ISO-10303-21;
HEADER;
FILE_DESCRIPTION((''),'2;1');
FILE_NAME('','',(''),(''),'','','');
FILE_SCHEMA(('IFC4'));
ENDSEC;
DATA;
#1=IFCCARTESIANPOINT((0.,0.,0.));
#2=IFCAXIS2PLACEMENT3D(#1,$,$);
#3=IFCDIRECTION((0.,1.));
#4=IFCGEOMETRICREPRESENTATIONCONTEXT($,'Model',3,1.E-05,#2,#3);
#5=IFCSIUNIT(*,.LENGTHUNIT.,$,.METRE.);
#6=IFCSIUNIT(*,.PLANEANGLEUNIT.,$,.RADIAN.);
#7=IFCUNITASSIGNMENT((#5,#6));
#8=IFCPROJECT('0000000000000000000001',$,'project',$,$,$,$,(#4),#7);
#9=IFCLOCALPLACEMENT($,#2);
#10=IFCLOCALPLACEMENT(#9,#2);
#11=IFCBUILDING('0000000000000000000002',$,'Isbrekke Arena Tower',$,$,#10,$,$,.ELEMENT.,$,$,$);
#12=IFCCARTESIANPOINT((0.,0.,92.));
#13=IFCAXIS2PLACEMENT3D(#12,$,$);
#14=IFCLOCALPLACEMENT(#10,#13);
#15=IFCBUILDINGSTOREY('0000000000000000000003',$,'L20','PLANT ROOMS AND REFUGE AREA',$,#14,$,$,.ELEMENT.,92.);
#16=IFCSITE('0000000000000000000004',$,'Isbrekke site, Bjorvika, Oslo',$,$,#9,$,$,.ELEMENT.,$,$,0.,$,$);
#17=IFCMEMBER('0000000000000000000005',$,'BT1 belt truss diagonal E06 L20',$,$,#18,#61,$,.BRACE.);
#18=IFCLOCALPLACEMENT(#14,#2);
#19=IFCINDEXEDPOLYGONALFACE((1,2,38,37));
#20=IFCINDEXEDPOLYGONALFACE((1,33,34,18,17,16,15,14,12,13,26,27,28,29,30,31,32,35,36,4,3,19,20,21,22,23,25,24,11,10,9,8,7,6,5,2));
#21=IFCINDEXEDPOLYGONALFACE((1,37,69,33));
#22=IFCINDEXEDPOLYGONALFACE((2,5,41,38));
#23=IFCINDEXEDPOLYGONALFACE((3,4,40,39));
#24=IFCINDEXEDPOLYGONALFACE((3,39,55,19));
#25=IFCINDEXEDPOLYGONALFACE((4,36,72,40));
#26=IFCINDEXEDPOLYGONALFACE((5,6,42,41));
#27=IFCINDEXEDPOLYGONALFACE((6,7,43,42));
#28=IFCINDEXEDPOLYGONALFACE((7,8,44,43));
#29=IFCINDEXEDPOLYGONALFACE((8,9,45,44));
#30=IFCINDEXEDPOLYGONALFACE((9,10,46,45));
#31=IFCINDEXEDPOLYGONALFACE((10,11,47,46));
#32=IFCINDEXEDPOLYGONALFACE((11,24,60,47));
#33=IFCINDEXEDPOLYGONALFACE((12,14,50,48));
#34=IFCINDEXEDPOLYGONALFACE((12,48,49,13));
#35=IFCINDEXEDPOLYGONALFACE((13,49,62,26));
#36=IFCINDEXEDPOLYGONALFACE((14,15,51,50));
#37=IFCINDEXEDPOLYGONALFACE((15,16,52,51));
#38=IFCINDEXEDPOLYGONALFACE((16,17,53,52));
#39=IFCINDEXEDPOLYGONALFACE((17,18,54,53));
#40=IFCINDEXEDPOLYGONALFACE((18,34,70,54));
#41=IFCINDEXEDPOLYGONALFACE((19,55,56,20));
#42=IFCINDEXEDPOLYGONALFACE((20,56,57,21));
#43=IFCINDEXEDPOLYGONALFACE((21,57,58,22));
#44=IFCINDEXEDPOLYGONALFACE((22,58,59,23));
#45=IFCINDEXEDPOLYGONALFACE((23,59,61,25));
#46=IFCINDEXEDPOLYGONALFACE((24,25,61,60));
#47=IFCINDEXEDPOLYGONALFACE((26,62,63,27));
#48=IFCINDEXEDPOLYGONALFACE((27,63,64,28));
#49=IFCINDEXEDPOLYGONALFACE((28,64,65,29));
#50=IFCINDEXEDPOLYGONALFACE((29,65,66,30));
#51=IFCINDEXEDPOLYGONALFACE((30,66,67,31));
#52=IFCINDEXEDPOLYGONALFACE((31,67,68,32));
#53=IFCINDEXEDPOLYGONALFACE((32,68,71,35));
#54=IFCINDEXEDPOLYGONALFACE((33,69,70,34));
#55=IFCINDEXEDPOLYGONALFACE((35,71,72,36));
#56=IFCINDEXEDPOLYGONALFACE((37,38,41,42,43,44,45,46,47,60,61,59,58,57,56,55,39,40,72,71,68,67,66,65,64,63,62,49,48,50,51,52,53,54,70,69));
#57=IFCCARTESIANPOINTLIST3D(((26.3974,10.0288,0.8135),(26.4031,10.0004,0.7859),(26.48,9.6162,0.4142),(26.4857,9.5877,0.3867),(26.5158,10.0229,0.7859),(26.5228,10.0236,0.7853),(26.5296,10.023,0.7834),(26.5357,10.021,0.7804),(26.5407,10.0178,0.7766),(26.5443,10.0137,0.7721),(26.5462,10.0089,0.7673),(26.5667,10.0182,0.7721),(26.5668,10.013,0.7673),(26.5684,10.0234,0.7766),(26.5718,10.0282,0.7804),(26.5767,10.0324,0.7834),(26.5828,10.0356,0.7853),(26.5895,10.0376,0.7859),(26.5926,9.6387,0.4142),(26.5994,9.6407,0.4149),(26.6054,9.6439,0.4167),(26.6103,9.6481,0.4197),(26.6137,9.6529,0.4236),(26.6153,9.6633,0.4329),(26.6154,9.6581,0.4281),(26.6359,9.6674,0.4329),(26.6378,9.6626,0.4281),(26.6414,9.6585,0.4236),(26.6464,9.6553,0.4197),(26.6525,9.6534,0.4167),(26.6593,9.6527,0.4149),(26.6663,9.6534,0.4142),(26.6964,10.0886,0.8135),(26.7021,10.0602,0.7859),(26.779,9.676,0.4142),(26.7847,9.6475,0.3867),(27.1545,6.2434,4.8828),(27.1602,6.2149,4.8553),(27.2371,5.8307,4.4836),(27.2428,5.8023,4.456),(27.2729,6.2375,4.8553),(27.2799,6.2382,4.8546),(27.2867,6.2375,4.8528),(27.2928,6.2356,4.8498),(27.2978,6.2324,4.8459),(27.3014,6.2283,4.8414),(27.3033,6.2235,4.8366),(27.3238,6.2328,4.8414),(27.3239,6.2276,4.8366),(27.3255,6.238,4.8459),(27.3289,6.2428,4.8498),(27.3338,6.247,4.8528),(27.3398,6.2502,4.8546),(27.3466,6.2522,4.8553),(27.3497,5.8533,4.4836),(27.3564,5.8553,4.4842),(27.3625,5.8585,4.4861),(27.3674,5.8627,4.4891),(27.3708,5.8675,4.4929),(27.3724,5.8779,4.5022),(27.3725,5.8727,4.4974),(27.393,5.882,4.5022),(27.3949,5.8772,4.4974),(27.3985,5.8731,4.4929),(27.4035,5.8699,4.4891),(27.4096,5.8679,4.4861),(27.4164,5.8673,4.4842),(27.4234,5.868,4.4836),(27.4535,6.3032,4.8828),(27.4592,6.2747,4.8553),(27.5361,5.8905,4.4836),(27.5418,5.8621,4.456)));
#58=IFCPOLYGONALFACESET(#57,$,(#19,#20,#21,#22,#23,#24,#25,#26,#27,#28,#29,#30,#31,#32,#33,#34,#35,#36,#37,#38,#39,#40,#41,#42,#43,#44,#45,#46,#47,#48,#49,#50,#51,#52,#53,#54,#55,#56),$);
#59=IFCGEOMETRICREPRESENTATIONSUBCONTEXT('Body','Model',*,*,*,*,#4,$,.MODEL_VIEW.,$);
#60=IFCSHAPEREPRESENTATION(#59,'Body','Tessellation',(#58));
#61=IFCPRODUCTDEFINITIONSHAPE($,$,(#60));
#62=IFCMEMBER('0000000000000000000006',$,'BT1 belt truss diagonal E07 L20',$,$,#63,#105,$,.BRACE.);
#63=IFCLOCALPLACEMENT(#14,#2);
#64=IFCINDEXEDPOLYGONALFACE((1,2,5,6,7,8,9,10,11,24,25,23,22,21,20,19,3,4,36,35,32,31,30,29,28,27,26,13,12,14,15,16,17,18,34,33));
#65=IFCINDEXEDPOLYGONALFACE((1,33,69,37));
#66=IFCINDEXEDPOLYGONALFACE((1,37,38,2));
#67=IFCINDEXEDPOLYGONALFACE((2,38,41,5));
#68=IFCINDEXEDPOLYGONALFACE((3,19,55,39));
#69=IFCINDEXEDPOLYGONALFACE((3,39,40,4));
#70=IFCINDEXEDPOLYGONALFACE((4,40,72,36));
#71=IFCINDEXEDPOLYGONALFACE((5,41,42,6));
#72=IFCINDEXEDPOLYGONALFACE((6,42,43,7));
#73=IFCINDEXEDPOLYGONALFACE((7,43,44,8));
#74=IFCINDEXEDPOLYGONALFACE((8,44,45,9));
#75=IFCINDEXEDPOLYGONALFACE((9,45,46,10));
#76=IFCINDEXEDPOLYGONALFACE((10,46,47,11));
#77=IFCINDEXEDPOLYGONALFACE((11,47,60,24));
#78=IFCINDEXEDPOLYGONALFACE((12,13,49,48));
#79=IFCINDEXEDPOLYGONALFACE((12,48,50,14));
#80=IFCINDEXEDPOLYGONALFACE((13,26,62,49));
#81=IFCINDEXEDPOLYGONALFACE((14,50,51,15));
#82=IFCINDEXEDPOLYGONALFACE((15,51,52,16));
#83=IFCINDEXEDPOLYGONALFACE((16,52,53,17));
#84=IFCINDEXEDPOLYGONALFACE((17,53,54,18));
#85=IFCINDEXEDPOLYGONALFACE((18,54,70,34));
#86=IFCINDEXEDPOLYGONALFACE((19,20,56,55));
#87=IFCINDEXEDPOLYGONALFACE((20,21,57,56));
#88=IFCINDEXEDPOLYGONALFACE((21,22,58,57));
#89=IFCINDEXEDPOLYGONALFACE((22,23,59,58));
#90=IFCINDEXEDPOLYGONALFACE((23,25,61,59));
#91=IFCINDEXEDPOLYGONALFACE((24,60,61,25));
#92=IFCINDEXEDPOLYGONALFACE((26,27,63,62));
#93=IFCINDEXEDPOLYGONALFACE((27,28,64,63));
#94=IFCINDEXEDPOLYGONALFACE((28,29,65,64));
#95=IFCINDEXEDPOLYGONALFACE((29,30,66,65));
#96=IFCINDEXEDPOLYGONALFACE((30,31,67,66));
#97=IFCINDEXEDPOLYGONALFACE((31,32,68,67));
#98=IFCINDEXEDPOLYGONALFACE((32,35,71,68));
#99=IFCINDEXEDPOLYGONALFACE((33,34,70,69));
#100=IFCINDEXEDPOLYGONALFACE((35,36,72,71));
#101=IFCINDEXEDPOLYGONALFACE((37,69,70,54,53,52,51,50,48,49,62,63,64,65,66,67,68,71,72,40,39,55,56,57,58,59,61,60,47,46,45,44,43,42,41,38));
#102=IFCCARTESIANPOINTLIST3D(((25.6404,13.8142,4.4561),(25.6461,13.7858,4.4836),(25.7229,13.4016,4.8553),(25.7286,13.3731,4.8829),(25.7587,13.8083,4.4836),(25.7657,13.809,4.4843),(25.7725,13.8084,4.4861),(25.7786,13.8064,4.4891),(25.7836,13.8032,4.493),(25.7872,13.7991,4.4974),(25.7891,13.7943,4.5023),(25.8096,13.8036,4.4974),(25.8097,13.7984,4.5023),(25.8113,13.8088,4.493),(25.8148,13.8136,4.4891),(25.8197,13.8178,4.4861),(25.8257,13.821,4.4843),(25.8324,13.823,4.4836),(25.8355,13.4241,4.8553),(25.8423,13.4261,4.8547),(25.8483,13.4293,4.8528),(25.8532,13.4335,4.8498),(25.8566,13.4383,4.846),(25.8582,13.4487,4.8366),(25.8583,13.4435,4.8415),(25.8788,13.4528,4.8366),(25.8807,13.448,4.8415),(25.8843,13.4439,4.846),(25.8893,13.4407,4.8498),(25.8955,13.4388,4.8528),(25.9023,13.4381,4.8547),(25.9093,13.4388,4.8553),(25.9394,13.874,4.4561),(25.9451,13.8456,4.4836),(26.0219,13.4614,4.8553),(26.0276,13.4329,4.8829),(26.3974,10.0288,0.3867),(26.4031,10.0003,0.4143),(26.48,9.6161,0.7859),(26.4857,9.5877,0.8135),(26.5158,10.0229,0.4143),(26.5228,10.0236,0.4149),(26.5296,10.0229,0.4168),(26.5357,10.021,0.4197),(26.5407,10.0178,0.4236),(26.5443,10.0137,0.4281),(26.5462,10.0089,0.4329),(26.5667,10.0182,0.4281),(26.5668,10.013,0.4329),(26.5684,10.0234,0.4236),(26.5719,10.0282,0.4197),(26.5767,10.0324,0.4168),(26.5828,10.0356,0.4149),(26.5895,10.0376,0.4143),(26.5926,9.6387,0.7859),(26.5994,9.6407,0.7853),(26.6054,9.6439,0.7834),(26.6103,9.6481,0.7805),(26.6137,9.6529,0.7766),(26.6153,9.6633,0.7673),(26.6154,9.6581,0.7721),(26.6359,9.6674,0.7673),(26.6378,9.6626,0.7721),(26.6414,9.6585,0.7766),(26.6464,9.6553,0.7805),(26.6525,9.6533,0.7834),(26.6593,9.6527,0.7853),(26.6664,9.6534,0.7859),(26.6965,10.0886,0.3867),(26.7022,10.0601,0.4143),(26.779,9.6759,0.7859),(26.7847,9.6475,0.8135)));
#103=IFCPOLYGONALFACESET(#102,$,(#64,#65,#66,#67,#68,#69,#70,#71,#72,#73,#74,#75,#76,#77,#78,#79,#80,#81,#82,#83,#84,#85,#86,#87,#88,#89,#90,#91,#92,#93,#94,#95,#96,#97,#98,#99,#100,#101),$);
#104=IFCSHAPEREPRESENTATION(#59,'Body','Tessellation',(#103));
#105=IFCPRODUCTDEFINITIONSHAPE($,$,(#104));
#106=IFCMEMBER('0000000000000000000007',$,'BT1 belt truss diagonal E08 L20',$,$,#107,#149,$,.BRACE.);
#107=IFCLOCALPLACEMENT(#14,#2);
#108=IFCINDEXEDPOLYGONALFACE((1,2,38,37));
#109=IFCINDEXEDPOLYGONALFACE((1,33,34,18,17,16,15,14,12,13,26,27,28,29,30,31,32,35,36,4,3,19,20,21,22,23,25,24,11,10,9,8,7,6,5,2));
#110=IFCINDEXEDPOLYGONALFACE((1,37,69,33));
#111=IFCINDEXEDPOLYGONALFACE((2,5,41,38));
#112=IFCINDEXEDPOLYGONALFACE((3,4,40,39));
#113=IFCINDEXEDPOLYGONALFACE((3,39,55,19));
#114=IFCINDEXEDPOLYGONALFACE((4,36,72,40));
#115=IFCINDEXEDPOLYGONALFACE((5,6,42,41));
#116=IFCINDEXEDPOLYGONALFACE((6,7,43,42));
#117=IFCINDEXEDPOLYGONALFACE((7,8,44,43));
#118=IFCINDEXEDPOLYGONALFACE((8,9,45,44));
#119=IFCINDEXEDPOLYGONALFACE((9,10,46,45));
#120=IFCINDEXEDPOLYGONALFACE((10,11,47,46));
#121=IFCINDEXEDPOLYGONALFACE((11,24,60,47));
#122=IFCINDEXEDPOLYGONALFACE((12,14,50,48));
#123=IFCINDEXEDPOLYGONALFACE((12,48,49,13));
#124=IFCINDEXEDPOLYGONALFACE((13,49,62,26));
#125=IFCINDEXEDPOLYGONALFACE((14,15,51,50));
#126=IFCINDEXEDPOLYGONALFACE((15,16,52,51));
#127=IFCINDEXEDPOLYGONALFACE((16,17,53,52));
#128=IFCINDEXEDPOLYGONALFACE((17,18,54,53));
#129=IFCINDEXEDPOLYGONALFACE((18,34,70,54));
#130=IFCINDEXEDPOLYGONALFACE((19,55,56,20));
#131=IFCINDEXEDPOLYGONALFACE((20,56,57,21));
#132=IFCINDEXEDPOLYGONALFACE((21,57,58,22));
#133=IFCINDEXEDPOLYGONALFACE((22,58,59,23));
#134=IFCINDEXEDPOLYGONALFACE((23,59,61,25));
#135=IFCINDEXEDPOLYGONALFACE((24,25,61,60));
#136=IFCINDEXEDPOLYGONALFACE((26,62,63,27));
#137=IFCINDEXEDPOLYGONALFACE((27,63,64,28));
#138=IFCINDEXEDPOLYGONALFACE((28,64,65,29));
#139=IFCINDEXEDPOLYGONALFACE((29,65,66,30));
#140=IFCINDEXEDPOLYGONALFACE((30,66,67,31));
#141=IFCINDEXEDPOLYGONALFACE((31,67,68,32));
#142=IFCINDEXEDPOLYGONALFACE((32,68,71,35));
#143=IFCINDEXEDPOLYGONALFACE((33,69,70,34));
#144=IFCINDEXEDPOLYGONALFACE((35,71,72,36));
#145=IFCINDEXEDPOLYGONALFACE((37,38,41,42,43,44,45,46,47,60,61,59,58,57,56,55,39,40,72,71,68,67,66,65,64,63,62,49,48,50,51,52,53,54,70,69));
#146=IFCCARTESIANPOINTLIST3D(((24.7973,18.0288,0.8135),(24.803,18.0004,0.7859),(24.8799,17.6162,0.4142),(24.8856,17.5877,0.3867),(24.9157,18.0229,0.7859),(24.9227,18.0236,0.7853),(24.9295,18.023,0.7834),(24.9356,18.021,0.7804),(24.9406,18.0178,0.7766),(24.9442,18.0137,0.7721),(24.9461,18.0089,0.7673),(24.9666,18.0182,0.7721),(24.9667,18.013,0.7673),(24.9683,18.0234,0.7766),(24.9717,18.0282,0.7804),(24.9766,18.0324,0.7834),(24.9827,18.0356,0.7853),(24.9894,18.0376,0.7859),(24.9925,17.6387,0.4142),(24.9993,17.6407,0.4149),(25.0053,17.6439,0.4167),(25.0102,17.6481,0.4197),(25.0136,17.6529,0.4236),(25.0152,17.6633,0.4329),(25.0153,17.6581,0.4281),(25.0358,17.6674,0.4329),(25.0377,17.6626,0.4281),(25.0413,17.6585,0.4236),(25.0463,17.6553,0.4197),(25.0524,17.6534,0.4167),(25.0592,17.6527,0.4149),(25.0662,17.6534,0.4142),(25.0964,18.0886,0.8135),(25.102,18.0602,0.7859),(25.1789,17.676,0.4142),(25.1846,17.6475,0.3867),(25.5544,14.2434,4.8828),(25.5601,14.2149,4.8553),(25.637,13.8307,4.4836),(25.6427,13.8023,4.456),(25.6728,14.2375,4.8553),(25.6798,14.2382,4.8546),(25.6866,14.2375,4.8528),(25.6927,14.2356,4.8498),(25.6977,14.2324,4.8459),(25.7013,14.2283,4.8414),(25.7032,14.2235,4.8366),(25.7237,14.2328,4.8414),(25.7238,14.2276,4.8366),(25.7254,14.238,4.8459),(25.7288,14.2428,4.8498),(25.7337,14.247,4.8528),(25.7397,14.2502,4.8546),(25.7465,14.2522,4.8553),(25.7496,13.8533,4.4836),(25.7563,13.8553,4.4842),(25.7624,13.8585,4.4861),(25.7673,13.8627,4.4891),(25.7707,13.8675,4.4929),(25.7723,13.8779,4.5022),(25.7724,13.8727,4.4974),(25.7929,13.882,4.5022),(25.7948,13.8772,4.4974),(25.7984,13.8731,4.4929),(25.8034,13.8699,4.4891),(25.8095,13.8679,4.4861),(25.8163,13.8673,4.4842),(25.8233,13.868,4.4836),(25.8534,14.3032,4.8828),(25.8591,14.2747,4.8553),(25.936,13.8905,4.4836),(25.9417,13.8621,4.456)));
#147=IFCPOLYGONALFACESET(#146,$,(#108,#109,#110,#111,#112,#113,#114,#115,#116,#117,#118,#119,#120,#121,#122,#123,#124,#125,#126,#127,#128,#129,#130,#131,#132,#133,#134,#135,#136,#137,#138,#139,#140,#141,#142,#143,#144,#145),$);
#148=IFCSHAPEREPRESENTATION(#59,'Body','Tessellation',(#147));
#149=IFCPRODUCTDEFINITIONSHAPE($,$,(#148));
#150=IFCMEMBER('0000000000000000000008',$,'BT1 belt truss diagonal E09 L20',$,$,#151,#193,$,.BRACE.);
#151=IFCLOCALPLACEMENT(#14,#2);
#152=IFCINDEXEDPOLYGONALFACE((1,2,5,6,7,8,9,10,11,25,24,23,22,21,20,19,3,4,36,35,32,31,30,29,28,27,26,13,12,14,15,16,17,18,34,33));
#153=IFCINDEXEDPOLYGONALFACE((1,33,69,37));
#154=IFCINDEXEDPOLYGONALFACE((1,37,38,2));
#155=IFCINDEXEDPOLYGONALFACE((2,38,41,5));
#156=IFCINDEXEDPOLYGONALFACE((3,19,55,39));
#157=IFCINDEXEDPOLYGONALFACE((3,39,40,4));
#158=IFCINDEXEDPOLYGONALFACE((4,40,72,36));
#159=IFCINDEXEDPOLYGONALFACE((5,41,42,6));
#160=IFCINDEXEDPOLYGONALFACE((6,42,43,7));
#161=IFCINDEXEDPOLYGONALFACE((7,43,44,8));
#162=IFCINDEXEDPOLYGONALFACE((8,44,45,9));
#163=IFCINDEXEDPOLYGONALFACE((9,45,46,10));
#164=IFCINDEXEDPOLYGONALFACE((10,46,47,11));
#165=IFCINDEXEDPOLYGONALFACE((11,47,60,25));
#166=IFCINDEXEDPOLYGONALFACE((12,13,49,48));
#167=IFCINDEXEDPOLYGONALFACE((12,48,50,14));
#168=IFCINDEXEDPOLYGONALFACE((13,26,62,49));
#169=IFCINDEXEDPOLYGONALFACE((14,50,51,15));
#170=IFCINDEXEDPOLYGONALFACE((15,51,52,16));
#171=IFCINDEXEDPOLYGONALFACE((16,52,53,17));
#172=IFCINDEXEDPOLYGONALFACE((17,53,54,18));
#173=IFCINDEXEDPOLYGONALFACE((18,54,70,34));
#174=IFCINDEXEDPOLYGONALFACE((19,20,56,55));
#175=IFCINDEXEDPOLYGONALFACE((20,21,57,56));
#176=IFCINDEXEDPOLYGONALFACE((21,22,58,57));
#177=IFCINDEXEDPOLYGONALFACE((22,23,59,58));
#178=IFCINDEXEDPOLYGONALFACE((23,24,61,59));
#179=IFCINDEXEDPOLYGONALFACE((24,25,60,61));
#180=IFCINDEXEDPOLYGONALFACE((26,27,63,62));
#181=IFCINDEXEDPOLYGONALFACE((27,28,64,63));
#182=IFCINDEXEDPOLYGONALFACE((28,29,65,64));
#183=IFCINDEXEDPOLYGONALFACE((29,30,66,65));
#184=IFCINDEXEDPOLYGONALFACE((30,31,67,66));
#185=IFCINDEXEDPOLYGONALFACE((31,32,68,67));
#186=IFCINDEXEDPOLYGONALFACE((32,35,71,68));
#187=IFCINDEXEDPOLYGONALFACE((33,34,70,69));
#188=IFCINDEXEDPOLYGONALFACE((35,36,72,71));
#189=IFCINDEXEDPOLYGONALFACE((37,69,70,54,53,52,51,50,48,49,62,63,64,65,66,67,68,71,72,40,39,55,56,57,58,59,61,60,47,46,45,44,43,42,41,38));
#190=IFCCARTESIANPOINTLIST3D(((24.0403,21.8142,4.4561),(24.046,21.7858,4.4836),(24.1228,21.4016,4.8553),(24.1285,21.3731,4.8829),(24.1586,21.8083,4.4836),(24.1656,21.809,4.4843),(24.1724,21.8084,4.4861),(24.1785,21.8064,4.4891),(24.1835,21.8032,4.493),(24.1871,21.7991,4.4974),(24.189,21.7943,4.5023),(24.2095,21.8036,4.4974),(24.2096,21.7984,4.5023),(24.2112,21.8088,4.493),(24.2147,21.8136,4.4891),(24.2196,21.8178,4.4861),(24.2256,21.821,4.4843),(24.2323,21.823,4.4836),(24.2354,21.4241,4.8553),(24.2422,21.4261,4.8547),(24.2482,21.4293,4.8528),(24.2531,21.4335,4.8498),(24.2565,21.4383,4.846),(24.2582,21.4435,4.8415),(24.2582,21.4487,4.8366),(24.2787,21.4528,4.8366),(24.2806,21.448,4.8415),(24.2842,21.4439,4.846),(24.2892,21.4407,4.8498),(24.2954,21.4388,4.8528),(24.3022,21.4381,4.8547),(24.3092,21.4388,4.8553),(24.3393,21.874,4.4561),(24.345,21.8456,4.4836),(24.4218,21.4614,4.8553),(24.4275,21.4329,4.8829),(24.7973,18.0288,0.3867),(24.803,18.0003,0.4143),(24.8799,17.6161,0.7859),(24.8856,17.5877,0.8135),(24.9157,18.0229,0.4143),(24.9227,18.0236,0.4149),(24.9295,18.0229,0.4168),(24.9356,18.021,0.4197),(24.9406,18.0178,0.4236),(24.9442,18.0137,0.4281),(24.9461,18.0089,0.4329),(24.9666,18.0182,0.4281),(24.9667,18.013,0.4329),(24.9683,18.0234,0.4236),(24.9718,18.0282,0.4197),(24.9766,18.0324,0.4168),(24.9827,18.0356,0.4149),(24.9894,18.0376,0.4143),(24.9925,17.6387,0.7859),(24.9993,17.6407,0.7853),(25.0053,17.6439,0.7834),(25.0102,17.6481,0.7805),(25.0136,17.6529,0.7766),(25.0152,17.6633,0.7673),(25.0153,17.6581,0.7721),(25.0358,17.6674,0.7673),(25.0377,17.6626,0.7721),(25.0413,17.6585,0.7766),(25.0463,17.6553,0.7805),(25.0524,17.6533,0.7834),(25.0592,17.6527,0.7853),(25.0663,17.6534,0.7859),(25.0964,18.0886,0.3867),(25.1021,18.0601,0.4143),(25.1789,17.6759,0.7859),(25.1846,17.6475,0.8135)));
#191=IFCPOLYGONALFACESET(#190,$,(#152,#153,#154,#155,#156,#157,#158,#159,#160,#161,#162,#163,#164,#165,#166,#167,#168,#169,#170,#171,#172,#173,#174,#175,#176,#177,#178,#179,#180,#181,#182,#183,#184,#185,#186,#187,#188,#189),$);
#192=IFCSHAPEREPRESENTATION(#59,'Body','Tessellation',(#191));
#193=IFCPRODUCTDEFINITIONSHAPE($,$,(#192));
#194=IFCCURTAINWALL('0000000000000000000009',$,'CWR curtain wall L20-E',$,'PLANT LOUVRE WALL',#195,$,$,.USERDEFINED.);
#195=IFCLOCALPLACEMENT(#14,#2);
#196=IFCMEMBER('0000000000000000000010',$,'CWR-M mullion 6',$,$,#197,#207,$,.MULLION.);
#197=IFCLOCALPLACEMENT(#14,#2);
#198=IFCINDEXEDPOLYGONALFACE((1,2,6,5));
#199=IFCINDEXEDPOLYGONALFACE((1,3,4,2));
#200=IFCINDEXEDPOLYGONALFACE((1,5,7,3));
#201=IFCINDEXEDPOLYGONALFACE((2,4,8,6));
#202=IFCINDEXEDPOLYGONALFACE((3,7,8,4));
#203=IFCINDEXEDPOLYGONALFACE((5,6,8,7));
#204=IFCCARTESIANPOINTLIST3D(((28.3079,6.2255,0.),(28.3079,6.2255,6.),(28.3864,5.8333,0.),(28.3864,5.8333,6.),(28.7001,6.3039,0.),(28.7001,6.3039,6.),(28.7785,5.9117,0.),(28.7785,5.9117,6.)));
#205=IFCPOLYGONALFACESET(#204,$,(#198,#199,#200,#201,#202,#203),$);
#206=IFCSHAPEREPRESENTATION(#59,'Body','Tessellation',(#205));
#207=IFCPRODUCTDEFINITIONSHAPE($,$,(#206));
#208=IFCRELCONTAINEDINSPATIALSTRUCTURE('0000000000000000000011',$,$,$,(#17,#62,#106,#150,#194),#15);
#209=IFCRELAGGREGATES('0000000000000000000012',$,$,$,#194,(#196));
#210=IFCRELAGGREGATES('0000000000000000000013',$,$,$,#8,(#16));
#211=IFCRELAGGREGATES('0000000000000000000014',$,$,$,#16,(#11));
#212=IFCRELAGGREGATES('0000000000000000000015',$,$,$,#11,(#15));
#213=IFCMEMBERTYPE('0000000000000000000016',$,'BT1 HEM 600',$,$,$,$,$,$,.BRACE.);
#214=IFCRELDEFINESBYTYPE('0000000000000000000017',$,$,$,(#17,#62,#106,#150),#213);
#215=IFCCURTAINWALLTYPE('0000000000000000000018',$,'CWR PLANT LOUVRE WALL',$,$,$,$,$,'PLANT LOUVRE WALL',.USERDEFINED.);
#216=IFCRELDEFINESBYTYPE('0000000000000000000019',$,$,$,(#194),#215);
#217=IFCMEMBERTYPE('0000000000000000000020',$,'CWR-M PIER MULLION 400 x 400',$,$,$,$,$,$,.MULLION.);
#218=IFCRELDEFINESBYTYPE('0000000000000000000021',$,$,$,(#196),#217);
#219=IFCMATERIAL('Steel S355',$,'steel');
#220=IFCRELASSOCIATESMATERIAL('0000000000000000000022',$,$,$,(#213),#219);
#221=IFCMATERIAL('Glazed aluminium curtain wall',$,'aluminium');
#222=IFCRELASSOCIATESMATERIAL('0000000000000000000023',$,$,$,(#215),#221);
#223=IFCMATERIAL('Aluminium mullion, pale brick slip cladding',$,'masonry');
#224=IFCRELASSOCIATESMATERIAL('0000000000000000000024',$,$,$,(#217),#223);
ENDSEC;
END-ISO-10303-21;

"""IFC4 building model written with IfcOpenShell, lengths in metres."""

from ifc_helpers import new_model, si_unit, direction, frame, origin, origin_2d, place, context, subcontext, project, spatial, rectangle, i_section, extrude, material, material_profile, profile_set, type_object, element, aggregate, save


model = new_model("IFC4")

# Units and contexts
model_context = context("Model", 3, precision=1e-05, world=origin(), true_north=direction((0.0, 1.0)))
body_context = subcontext(model_context, "Body", "Model", "MODEL_VIEW")
ifc_project = project(units=[si_unit("LENGTHUNIT", "METRE"), si_unit("PLANEANGLEUNIT", "RADIAN")], contexts=[model_context])

# Site, building, storey
site_placement = place(None, origin())
site = spatial("IfcSite", under=ifc_project, at=site_placement, Name="Isbrekke site, Bjorvika, Oslo", CompositionType="ELEMENT", RefElevation=0.0)
building_placement = place(site_placement, origin())
building = spatial("IfcBuilding", under=site, at=building_placement, Name="Isbrekke Arena Tower", CompositionType="ELEMENT")
storey_placement = place(building_placement, frame((0.0, 0.0, 92.0)))
storey = spatial("IfcBuildingStorey", under=building, at=storey_placement, Name="L20", Description="PLANT ROOMS AND REFUGE AREA", CompositionType="ELEMENT", Elevation=92.0)

# Members
ifc_material_1 = material(Name="Steel S355", Category="steel")
ifc_material_profile_1 = material_profile(ifc_material_1, i_section(OverallWidth=0.3049, OverallDepth=0.6201, WebThickness=0.021, FlangeThickness=0.04, FilletRadius=0.0271, at=origin_2d()), Name="HEM 600")
ifc_profile_set_1 = profile_set([ifc_material_profile_1], Name="Steel S355")
member_type_1 = type_object("IfcMemberType", Name="BT1 HEM 600", PredefinedType="BRACE", material=ifc_profile_set_1)
for number, where, z_axis, x_axis, name in (
    (1, (27.3481, 6.0527, 4.6694), (-0.134974, 0.674869, -0.725489), (-0.980581, -0.196116, 0.0), "BT1 belt truss diagonal E06 L20"),
    (2, (26.5911, 9.8381, 0.6001), (-0.134974, 0.674869, 0.725489), (-0.980581, -0.196116, 0.0), "BT1 belt truss diagonal E07 L20"),
    (3, (25.748, 14.0527, 4.6694), (-0.134974, 0.674869, -0.725489), (-0.980581, -0.196116, 0.0), "BT1 belt truss diagonal E08 L20"),
    (4, (24.991, 17.8381, 0.6001), (-0.134974, 0.674869, 0.725489), (-0.980581, -0.196116, 0.0), "BT1 belt truss diagonal E09 L20"),
):
    element("IfcMember", number, at=place(storey_placement, frame(where, z_axis=z_axis, x_axis=x_axis)), inside=storey, type_object=member_type_1, Name=name, PredefinedType="BRACE", context=body_context, shape_type="SweptSolid", body=[
        extrude(i_section(OverallWidth=0.3049, OverallDepth=0.6201, WebThickness=0.021, FlangeThickness=0.04, FilletRadius=0.0271, at=origin_2d()), origin(), (0.0, 0.0, 1.0), 5.6091),
    ])

# Curtain wall, member
ifc_material_2 = material(Name="Glazed aluminium curtain wall", Category="aluminium")
curtain_wall_type = type_object("IfcCurtainWallType", Name="CWR PLANT LOUVRE WALL", ElementType="PLANT LOUVRE WALL", PredefinedType="USERDEFINED", material=ifc_material_2)
curtain_wall_placement = place(storey_placement, origin())
curtain_wall = element("IfcCurtainWall", 5, at=curtain_wall_placement, inside=storey, type_object=curtain_wall_type, Name="CWR curtain wall L20-E", ObjectType="PLANT LOUVRE WALL", PredefinedType="USERDEFINED")
ifc_material_3 = material(Name="Aluminium mullion, pale brick slip cladding", Category="masonry")
ifc_material_profile_2 = material_profile(ifc_material_3, rectangle(XDim=0.3999, YDim=0.3999, at=origin_2d()), Name="PIER 400X400")
ifc_profile_set_2 = profile_set([ifc_material_profile_2], Name="Aluminium mullion, pale brick slip cladding")
member_type_2 = type_object("IfcMemberType", Name="CWR-M PIER MULLION 400 x 400", PredefinedType="MULLION", material=ifc_profile_set_2)
member_1_placement = place(storey_placement, frame((28.5432, 6.0686, 0.0), z_axis=(0.0, 0.0, 1.0), x_axis=(-0.196116, 0.980581, 0.0)))
member_1 = element("IfcMember", 6, at=member_1_placement, type_object=member_type_2, Name="CWR-M mullion 6", PredefinedType="MULLION", context=body_context, shape_type="SweptSolid", body=[
    extrude(rectangle(XDim=0.3999, YDim=0.3999, at=origin_2d()), origin(), (0.0, 0.0, 1.0), 6.0),
])

aggregate(curtain_wall, [member_1])

save(model, "model.ifc")
